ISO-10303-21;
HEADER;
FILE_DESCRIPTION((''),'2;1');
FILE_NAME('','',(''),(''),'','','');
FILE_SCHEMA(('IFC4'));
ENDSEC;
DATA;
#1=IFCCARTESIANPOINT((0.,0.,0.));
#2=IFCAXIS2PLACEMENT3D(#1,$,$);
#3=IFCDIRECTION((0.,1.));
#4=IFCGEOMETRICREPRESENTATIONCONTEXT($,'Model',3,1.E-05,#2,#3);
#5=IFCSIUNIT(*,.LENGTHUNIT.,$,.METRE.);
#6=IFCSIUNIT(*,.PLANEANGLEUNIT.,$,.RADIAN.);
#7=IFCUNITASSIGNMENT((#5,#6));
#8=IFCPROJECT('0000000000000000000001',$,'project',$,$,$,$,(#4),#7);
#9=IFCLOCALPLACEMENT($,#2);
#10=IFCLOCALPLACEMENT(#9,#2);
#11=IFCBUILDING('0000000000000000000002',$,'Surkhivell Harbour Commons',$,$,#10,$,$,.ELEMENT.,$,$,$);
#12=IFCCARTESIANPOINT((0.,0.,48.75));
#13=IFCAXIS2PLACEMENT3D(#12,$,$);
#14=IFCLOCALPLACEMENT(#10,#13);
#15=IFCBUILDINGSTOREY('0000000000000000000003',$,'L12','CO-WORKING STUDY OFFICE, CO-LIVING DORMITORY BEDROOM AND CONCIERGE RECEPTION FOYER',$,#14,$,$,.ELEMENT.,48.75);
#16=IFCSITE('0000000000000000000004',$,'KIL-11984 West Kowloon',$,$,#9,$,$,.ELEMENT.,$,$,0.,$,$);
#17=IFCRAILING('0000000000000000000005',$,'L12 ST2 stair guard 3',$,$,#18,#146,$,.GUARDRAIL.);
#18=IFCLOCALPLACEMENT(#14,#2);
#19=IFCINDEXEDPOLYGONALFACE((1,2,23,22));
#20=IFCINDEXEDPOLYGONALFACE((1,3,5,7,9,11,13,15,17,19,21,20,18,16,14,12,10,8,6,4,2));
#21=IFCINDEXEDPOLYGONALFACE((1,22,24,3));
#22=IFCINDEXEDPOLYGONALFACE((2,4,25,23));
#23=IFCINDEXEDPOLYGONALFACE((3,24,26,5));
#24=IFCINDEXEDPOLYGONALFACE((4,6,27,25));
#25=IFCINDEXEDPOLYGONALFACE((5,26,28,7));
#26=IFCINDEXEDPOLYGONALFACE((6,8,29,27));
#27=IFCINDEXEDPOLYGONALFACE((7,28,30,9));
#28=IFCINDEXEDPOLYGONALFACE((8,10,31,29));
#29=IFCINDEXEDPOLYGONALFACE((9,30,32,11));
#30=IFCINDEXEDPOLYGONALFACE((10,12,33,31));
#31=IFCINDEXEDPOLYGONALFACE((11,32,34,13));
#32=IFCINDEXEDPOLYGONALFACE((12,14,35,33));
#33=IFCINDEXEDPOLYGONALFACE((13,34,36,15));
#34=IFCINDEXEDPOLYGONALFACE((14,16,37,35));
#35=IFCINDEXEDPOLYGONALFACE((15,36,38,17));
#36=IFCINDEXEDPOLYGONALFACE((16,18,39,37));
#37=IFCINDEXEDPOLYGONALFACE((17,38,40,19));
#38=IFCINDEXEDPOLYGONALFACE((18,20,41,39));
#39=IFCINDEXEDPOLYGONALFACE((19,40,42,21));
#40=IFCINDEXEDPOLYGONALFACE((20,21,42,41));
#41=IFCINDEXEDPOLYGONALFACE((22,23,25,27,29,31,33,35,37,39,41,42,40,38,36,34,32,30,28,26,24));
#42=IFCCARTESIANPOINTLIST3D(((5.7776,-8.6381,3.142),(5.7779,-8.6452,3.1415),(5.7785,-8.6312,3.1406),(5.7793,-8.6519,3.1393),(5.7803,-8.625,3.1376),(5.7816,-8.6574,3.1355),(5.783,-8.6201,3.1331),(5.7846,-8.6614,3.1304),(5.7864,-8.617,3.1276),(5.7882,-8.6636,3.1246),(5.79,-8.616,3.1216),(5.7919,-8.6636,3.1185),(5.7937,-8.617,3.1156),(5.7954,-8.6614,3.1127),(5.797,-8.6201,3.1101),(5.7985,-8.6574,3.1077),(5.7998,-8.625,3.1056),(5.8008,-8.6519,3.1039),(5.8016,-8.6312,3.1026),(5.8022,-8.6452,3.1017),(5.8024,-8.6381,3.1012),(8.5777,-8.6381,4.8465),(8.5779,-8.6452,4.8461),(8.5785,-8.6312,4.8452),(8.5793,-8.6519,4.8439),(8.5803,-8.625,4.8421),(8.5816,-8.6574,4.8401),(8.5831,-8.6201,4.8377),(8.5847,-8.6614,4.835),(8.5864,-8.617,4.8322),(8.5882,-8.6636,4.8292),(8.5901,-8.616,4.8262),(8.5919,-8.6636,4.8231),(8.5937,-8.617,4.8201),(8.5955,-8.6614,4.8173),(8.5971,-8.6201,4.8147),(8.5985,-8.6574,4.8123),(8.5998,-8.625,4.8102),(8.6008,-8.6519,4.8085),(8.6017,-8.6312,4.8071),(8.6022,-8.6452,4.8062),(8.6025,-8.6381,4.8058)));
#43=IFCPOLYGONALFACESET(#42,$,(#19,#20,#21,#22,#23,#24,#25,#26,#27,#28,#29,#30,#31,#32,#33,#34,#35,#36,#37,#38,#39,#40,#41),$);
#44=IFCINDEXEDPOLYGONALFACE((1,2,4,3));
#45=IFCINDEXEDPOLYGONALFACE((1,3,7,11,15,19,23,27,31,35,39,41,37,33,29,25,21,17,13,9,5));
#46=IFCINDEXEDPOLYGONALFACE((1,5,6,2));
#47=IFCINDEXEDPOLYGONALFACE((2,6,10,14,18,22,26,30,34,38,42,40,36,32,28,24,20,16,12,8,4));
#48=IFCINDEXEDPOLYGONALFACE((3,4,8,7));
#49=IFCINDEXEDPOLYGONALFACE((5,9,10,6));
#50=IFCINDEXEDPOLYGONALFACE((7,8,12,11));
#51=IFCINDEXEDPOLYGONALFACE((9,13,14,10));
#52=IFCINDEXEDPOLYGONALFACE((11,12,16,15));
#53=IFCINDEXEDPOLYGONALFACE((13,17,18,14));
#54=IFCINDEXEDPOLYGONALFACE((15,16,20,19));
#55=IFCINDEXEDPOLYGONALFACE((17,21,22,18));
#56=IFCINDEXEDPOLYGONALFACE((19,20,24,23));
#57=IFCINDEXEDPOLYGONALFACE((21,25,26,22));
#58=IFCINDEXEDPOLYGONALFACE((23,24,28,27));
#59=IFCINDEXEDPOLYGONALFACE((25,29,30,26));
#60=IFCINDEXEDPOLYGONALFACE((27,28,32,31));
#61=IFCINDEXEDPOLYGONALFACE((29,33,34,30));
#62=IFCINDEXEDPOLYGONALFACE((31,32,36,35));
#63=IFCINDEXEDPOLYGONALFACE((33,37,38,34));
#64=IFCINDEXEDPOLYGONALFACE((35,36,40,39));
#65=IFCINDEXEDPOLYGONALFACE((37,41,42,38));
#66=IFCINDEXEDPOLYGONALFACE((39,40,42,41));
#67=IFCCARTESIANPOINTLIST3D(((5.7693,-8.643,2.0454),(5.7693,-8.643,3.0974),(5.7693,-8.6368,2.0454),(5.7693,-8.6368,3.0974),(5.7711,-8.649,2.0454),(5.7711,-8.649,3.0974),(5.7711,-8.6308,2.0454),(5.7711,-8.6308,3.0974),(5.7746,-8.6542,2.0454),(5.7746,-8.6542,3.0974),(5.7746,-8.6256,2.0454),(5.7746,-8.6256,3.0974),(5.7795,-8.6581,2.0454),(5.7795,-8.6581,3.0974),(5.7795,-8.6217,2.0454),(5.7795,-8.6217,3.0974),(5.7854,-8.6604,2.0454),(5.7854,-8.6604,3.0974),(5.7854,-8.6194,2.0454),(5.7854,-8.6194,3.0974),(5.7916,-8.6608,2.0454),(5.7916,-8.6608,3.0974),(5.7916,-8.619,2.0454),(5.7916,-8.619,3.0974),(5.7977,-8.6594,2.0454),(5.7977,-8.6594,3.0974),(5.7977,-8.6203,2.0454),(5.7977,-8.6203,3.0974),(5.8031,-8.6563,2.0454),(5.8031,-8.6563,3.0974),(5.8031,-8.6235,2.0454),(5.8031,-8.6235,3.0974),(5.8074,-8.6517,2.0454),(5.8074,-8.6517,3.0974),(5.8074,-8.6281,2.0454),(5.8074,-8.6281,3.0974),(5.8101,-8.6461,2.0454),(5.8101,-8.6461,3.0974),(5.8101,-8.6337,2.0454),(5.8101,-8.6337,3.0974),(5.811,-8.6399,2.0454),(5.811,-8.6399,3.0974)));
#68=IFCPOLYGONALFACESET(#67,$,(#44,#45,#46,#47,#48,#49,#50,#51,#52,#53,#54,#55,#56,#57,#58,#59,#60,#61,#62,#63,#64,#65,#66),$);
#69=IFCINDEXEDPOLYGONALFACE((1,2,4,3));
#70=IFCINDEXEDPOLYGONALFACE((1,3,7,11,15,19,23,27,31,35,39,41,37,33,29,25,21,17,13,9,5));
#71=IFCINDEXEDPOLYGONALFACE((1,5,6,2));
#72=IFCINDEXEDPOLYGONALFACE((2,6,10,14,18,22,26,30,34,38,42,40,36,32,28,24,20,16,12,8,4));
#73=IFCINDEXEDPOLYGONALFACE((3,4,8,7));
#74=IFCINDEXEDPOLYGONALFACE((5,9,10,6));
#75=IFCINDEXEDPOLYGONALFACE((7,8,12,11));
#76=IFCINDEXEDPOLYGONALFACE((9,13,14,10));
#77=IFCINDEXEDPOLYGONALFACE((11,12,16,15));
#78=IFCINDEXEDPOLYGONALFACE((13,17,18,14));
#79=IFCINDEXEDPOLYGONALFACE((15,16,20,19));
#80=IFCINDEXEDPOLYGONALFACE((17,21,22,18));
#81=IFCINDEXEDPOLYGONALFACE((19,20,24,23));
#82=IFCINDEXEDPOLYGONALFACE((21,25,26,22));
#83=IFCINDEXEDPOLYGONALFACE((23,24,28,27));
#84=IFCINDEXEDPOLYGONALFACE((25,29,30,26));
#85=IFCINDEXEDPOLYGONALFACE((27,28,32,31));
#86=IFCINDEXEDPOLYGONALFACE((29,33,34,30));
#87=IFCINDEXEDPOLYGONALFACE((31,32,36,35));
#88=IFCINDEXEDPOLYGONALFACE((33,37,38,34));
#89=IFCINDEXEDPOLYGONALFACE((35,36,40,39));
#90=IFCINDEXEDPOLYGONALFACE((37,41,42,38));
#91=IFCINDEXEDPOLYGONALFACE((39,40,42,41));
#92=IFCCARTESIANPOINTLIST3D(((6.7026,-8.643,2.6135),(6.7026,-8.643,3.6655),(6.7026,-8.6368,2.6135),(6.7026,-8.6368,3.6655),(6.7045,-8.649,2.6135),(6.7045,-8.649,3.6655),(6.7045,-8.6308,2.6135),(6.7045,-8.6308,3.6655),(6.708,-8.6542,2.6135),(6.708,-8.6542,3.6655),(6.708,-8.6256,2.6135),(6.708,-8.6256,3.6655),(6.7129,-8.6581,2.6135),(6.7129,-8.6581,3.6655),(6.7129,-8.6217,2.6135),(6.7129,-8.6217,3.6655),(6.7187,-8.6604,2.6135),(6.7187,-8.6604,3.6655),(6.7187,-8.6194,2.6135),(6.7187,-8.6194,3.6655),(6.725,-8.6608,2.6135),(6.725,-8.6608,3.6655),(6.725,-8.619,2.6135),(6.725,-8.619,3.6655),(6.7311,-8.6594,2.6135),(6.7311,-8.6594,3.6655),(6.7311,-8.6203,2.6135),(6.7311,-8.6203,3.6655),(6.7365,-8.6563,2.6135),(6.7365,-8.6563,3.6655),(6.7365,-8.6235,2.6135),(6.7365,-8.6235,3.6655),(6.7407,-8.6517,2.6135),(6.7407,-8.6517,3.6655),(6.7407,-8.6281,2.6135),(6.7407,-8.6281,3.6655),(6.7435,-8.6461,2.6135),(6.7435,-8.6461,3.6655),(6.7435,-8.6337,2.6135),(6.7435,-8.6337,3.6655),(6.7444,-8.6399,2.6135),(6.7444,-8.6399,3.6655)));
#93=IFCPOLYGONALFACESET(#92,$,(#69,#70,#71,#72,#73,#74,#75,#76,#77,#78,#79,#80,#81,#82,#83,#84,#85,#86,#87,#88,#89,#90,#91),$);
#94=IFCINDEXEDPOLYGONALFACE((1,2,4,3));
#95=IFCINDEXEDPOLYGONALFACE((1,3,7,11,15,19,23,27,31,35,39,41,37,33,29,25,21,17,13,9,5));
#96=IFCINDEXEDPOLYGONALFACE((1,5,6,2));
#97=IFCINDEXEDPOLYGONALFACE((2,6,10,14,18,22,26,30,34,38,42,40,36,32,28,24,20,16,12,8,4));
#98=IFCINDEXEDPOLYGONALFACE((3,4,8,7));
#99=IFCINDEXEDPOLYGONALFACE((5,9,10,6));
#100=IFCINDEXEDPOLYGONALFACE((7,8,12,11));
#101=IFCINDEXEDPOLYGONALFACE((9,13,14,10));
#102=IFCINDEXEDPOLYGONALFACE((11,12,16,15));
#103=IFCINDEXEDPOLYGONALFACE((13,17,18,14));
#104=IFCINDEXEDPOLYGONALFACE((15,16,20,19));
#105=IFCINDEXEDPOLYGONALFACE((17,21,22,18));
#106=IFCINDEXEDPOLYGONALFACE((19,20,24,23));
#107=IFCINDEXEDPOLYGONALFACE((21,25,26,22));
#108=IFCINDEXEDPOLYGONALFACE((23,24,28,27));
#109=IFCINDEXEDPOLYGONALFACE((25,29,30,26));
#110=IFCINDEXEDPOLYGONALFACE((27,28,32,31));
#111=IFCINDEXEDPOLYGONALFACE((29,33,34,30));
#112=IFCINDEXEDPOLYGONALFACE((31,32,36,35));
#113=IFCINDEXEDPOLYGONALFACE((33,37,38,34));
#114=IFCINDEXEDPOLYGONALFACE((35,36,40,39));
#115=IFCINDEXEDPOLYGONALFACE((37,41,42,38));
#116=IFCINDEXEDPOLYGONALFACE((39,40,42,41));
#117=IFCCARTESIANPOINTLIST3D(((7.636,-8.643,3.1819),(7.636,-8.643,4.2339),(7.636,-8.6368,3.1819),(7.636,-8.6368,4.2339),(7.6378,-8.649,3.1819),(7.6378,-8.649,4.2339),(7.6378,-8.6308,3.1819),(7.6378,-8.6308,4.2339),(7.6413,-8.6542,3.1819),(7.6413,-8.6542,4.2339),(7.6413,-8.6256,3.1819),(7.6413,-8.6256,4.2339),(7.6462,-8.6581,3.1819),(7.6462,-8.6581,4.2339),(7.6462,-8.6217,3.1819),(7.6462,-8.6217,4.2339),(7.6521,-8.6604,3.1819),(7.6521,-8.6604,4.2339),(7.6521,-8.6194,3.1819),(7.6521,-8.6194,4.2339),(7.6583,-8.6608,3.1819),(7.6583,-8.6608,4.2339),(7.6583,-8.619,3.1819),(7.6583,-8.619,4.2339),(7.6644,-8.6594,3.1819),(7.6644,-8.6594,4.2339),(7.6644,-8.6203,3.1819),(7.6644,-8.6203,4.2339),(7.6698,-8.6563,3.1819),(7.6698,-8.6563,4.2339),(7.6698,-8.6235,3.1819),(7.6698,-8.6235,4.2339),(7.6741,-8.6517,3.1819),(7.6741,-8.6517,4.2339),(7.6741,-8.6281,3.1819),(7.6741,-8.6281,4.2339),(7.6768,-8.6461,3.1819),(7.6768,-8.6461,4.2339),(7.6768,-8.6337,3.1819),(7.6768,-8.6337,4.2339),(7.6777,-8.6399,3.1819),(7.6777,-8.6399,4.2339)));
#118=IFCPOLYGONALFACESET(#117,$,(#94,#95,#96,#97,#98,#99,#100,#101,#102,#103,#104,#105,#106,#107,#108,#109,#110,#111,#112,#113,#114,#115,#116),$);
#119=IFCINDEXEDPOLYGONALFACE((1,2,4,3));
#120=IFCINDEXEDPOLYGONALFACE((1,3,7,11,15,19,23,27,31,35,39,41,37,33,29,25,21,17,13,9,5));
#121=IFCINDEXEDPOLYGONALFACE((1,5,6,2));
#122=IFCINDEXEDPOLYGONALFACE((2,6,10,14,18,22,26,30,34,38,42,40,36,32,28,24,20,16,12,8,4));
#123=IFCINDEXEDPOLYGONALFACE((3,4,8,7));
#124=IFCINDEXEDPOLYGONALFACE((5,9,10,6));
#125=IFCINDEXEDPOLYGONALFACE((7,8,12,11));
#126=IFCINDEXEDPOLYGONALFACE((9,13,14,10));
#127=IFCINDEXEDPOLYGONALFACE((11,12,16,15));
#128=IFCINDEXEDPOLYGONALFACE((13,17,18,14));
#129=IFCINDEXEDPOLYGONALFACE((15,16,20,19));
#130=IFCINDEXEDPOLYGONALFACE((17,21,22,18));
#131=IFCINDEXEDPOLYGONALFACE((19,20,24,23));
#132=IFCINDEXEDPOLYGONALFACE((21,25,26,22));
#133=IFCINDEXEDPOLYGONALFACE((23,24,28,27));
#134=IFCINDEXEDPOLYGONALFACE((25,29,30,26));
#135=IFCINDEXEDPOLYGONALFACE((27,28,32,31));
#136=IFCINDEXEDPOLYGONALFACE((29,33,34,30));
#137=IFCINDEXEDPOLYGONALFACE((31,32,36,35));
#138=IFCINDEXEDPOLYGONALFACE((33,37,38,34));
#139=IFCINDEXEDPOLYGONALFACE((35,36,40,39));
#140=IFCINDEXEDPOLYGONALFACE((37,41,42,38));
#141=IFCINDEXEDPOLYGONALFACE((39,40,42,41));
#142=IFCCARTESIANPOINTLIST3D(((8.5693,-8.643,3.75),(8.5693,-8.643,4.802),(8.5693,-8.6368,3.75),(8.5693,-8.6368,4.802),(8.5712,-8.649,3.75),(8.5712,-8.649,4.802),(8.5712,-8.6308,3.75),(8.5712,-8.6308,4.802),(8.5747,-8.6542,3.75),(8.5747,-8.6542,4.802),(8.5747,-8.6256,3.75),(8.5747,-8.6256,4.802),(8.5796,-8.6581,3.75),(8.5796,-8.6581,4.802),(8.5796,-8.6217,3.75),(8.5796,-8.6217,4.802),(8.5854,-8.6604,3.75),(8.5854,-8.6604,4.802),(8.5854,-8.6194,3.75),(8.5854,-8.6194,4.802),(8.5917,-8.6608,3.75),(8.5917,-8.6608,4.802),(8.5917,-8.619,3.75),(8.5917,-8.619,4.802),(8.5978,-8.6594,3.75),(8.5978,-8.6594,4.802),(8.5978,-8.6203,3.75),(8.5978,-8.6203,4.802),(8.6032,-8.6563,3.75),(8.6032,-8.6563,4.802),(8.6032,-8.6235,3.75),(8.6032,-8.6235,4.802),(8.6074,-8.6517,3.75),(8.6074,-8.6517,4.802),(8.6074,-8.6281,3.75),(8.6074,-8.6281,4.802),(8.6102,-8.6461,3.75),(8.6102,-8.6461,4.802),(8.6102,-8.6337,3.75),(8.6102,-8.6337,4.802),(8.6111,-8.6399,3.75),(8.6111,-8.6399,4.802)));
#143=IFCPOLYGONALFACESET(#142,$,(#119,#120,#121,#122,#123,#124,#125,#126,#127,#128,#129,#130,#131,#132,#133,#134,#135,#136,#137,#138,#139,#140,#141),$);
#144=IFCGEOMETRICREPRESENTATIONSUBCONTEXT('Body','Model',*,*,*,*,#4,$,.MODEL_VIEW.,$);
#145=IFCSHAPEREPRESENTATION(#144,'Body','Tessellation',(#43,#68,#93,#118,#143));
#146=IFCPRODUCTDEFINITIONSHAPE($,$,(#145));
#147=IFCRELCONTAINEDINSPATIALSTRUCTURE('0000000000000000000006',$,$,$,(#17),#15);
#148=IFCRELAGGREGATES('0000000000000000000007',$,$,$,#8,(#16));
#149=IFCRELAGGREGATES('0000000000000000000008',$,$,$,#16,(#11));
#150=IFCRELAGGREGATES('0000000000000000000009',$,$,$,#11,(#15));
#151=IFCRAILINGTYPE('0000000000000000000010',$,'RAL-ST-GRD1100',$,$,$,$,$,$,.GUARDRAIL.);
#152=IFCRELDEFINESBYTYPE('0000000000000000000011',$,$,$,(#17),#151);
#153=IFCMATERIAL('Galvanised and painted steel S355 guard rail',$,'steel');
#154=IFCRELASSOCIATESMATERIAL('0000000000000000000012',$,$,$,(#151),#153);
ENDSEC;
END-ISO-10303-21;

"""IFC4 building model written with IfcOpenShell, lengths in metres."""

from ifc_helpers import new_model, si_unit, direction, frame, origin, origin_2d, place, context, subcontext, project, spatial, circle, extrude, material, type_object, element, save


model = new_model("IFC4")

# Units and contexts
model_context = context("Model", 3, precision=1e-05, world=origin(), true_north=direction((0.0, 1.0)))
body_context = subcontext(model_context, "Body", "Model", "MODEL_VIEW")
ifc_project = project(units=[si_unit("LENGTHUNIT", "METRE"), si_unit("PLANEANGLEUNIT", "RADIAN")], contexts=[model_context])

# Site, building, storey
site_placement = place(None, origin())
site = spatial("IfcSite", under=ifc_project, at=site_placement, Name="KIL-11984 West Kowloon", CompositionType="ELEMENT", RefElevation=0.0)
building_placement = place(site_placement, origin())
building = spatial("IfcBuilding", under=site, at=building_placement, Name="Surkhivell Harbour Commons", CompositionType="ELEMENT")
storey_placement = place(building_placement, frame((0.0, 0.0, 48.75)))
storey = spatial("IfcBuildingStorey", under=building, at=storey_placement, Name="L12", Description="CO-WORKING STUDY OFFICE, CO-LIVING DORMITORY BEDROOM AND CONCIERGE RECEPTION FOYER", CompositionType="ELEMENT", Elevation=48.75)

# Railing
ifc_material_1 = material(Name="Galvanised and painted steel S355 guard rail", Category="steel")
railing_type_1 = type_object("IfcRailingType", Name="RAL-ST-GRD1100", PredefinedType="GUARDRAIL", material=ifc_material_1)
railing_1_placement = place(storey_placement, frame((5.79, -8.6399, 2.0454)))
element("IfcRailing", 1, at=railing_1_placement, inside=storey, type_object=railing_type_1, Name="L12 ST2 stair guard 3", PredefinedType="GUARDRAIL", context=body_context, shape_type="SweptSolid", body=[
    extrude(circle(Radius=0.0239, at=origin_2d()), frame((0.0, 0.0, 1.0762), z_axis=(0.85417, 0.0, 0.519994), x_axis=(0.0, 1.0, 0.0)), (0.0, 0.0, 1.0), 3.2781),
    extrude(circle(Radius=0.021, at=origin_2d()), origin(), (0.0, 0.0, 1.0), 1.052),
    extrude(circle(Radius=0.021, at=origin_2d()), frame((0.9333, 0.0, 0.5681)), (0.0, 0.0, 1.0), 1.052),
    extrude(circle(Radius=0.021, at=origin_2d()), frame((1.8667, 0.0, 1.1365)), (0.0, 0.0, 1.0), 1.052),
    extrude(circle(Radius=0.021, at=origin_2d()), frame((2.8, 0.0, 1.7046)), (0.0, 0.0, 1.0), 1.052),
])

save(model, "model.ifc")
